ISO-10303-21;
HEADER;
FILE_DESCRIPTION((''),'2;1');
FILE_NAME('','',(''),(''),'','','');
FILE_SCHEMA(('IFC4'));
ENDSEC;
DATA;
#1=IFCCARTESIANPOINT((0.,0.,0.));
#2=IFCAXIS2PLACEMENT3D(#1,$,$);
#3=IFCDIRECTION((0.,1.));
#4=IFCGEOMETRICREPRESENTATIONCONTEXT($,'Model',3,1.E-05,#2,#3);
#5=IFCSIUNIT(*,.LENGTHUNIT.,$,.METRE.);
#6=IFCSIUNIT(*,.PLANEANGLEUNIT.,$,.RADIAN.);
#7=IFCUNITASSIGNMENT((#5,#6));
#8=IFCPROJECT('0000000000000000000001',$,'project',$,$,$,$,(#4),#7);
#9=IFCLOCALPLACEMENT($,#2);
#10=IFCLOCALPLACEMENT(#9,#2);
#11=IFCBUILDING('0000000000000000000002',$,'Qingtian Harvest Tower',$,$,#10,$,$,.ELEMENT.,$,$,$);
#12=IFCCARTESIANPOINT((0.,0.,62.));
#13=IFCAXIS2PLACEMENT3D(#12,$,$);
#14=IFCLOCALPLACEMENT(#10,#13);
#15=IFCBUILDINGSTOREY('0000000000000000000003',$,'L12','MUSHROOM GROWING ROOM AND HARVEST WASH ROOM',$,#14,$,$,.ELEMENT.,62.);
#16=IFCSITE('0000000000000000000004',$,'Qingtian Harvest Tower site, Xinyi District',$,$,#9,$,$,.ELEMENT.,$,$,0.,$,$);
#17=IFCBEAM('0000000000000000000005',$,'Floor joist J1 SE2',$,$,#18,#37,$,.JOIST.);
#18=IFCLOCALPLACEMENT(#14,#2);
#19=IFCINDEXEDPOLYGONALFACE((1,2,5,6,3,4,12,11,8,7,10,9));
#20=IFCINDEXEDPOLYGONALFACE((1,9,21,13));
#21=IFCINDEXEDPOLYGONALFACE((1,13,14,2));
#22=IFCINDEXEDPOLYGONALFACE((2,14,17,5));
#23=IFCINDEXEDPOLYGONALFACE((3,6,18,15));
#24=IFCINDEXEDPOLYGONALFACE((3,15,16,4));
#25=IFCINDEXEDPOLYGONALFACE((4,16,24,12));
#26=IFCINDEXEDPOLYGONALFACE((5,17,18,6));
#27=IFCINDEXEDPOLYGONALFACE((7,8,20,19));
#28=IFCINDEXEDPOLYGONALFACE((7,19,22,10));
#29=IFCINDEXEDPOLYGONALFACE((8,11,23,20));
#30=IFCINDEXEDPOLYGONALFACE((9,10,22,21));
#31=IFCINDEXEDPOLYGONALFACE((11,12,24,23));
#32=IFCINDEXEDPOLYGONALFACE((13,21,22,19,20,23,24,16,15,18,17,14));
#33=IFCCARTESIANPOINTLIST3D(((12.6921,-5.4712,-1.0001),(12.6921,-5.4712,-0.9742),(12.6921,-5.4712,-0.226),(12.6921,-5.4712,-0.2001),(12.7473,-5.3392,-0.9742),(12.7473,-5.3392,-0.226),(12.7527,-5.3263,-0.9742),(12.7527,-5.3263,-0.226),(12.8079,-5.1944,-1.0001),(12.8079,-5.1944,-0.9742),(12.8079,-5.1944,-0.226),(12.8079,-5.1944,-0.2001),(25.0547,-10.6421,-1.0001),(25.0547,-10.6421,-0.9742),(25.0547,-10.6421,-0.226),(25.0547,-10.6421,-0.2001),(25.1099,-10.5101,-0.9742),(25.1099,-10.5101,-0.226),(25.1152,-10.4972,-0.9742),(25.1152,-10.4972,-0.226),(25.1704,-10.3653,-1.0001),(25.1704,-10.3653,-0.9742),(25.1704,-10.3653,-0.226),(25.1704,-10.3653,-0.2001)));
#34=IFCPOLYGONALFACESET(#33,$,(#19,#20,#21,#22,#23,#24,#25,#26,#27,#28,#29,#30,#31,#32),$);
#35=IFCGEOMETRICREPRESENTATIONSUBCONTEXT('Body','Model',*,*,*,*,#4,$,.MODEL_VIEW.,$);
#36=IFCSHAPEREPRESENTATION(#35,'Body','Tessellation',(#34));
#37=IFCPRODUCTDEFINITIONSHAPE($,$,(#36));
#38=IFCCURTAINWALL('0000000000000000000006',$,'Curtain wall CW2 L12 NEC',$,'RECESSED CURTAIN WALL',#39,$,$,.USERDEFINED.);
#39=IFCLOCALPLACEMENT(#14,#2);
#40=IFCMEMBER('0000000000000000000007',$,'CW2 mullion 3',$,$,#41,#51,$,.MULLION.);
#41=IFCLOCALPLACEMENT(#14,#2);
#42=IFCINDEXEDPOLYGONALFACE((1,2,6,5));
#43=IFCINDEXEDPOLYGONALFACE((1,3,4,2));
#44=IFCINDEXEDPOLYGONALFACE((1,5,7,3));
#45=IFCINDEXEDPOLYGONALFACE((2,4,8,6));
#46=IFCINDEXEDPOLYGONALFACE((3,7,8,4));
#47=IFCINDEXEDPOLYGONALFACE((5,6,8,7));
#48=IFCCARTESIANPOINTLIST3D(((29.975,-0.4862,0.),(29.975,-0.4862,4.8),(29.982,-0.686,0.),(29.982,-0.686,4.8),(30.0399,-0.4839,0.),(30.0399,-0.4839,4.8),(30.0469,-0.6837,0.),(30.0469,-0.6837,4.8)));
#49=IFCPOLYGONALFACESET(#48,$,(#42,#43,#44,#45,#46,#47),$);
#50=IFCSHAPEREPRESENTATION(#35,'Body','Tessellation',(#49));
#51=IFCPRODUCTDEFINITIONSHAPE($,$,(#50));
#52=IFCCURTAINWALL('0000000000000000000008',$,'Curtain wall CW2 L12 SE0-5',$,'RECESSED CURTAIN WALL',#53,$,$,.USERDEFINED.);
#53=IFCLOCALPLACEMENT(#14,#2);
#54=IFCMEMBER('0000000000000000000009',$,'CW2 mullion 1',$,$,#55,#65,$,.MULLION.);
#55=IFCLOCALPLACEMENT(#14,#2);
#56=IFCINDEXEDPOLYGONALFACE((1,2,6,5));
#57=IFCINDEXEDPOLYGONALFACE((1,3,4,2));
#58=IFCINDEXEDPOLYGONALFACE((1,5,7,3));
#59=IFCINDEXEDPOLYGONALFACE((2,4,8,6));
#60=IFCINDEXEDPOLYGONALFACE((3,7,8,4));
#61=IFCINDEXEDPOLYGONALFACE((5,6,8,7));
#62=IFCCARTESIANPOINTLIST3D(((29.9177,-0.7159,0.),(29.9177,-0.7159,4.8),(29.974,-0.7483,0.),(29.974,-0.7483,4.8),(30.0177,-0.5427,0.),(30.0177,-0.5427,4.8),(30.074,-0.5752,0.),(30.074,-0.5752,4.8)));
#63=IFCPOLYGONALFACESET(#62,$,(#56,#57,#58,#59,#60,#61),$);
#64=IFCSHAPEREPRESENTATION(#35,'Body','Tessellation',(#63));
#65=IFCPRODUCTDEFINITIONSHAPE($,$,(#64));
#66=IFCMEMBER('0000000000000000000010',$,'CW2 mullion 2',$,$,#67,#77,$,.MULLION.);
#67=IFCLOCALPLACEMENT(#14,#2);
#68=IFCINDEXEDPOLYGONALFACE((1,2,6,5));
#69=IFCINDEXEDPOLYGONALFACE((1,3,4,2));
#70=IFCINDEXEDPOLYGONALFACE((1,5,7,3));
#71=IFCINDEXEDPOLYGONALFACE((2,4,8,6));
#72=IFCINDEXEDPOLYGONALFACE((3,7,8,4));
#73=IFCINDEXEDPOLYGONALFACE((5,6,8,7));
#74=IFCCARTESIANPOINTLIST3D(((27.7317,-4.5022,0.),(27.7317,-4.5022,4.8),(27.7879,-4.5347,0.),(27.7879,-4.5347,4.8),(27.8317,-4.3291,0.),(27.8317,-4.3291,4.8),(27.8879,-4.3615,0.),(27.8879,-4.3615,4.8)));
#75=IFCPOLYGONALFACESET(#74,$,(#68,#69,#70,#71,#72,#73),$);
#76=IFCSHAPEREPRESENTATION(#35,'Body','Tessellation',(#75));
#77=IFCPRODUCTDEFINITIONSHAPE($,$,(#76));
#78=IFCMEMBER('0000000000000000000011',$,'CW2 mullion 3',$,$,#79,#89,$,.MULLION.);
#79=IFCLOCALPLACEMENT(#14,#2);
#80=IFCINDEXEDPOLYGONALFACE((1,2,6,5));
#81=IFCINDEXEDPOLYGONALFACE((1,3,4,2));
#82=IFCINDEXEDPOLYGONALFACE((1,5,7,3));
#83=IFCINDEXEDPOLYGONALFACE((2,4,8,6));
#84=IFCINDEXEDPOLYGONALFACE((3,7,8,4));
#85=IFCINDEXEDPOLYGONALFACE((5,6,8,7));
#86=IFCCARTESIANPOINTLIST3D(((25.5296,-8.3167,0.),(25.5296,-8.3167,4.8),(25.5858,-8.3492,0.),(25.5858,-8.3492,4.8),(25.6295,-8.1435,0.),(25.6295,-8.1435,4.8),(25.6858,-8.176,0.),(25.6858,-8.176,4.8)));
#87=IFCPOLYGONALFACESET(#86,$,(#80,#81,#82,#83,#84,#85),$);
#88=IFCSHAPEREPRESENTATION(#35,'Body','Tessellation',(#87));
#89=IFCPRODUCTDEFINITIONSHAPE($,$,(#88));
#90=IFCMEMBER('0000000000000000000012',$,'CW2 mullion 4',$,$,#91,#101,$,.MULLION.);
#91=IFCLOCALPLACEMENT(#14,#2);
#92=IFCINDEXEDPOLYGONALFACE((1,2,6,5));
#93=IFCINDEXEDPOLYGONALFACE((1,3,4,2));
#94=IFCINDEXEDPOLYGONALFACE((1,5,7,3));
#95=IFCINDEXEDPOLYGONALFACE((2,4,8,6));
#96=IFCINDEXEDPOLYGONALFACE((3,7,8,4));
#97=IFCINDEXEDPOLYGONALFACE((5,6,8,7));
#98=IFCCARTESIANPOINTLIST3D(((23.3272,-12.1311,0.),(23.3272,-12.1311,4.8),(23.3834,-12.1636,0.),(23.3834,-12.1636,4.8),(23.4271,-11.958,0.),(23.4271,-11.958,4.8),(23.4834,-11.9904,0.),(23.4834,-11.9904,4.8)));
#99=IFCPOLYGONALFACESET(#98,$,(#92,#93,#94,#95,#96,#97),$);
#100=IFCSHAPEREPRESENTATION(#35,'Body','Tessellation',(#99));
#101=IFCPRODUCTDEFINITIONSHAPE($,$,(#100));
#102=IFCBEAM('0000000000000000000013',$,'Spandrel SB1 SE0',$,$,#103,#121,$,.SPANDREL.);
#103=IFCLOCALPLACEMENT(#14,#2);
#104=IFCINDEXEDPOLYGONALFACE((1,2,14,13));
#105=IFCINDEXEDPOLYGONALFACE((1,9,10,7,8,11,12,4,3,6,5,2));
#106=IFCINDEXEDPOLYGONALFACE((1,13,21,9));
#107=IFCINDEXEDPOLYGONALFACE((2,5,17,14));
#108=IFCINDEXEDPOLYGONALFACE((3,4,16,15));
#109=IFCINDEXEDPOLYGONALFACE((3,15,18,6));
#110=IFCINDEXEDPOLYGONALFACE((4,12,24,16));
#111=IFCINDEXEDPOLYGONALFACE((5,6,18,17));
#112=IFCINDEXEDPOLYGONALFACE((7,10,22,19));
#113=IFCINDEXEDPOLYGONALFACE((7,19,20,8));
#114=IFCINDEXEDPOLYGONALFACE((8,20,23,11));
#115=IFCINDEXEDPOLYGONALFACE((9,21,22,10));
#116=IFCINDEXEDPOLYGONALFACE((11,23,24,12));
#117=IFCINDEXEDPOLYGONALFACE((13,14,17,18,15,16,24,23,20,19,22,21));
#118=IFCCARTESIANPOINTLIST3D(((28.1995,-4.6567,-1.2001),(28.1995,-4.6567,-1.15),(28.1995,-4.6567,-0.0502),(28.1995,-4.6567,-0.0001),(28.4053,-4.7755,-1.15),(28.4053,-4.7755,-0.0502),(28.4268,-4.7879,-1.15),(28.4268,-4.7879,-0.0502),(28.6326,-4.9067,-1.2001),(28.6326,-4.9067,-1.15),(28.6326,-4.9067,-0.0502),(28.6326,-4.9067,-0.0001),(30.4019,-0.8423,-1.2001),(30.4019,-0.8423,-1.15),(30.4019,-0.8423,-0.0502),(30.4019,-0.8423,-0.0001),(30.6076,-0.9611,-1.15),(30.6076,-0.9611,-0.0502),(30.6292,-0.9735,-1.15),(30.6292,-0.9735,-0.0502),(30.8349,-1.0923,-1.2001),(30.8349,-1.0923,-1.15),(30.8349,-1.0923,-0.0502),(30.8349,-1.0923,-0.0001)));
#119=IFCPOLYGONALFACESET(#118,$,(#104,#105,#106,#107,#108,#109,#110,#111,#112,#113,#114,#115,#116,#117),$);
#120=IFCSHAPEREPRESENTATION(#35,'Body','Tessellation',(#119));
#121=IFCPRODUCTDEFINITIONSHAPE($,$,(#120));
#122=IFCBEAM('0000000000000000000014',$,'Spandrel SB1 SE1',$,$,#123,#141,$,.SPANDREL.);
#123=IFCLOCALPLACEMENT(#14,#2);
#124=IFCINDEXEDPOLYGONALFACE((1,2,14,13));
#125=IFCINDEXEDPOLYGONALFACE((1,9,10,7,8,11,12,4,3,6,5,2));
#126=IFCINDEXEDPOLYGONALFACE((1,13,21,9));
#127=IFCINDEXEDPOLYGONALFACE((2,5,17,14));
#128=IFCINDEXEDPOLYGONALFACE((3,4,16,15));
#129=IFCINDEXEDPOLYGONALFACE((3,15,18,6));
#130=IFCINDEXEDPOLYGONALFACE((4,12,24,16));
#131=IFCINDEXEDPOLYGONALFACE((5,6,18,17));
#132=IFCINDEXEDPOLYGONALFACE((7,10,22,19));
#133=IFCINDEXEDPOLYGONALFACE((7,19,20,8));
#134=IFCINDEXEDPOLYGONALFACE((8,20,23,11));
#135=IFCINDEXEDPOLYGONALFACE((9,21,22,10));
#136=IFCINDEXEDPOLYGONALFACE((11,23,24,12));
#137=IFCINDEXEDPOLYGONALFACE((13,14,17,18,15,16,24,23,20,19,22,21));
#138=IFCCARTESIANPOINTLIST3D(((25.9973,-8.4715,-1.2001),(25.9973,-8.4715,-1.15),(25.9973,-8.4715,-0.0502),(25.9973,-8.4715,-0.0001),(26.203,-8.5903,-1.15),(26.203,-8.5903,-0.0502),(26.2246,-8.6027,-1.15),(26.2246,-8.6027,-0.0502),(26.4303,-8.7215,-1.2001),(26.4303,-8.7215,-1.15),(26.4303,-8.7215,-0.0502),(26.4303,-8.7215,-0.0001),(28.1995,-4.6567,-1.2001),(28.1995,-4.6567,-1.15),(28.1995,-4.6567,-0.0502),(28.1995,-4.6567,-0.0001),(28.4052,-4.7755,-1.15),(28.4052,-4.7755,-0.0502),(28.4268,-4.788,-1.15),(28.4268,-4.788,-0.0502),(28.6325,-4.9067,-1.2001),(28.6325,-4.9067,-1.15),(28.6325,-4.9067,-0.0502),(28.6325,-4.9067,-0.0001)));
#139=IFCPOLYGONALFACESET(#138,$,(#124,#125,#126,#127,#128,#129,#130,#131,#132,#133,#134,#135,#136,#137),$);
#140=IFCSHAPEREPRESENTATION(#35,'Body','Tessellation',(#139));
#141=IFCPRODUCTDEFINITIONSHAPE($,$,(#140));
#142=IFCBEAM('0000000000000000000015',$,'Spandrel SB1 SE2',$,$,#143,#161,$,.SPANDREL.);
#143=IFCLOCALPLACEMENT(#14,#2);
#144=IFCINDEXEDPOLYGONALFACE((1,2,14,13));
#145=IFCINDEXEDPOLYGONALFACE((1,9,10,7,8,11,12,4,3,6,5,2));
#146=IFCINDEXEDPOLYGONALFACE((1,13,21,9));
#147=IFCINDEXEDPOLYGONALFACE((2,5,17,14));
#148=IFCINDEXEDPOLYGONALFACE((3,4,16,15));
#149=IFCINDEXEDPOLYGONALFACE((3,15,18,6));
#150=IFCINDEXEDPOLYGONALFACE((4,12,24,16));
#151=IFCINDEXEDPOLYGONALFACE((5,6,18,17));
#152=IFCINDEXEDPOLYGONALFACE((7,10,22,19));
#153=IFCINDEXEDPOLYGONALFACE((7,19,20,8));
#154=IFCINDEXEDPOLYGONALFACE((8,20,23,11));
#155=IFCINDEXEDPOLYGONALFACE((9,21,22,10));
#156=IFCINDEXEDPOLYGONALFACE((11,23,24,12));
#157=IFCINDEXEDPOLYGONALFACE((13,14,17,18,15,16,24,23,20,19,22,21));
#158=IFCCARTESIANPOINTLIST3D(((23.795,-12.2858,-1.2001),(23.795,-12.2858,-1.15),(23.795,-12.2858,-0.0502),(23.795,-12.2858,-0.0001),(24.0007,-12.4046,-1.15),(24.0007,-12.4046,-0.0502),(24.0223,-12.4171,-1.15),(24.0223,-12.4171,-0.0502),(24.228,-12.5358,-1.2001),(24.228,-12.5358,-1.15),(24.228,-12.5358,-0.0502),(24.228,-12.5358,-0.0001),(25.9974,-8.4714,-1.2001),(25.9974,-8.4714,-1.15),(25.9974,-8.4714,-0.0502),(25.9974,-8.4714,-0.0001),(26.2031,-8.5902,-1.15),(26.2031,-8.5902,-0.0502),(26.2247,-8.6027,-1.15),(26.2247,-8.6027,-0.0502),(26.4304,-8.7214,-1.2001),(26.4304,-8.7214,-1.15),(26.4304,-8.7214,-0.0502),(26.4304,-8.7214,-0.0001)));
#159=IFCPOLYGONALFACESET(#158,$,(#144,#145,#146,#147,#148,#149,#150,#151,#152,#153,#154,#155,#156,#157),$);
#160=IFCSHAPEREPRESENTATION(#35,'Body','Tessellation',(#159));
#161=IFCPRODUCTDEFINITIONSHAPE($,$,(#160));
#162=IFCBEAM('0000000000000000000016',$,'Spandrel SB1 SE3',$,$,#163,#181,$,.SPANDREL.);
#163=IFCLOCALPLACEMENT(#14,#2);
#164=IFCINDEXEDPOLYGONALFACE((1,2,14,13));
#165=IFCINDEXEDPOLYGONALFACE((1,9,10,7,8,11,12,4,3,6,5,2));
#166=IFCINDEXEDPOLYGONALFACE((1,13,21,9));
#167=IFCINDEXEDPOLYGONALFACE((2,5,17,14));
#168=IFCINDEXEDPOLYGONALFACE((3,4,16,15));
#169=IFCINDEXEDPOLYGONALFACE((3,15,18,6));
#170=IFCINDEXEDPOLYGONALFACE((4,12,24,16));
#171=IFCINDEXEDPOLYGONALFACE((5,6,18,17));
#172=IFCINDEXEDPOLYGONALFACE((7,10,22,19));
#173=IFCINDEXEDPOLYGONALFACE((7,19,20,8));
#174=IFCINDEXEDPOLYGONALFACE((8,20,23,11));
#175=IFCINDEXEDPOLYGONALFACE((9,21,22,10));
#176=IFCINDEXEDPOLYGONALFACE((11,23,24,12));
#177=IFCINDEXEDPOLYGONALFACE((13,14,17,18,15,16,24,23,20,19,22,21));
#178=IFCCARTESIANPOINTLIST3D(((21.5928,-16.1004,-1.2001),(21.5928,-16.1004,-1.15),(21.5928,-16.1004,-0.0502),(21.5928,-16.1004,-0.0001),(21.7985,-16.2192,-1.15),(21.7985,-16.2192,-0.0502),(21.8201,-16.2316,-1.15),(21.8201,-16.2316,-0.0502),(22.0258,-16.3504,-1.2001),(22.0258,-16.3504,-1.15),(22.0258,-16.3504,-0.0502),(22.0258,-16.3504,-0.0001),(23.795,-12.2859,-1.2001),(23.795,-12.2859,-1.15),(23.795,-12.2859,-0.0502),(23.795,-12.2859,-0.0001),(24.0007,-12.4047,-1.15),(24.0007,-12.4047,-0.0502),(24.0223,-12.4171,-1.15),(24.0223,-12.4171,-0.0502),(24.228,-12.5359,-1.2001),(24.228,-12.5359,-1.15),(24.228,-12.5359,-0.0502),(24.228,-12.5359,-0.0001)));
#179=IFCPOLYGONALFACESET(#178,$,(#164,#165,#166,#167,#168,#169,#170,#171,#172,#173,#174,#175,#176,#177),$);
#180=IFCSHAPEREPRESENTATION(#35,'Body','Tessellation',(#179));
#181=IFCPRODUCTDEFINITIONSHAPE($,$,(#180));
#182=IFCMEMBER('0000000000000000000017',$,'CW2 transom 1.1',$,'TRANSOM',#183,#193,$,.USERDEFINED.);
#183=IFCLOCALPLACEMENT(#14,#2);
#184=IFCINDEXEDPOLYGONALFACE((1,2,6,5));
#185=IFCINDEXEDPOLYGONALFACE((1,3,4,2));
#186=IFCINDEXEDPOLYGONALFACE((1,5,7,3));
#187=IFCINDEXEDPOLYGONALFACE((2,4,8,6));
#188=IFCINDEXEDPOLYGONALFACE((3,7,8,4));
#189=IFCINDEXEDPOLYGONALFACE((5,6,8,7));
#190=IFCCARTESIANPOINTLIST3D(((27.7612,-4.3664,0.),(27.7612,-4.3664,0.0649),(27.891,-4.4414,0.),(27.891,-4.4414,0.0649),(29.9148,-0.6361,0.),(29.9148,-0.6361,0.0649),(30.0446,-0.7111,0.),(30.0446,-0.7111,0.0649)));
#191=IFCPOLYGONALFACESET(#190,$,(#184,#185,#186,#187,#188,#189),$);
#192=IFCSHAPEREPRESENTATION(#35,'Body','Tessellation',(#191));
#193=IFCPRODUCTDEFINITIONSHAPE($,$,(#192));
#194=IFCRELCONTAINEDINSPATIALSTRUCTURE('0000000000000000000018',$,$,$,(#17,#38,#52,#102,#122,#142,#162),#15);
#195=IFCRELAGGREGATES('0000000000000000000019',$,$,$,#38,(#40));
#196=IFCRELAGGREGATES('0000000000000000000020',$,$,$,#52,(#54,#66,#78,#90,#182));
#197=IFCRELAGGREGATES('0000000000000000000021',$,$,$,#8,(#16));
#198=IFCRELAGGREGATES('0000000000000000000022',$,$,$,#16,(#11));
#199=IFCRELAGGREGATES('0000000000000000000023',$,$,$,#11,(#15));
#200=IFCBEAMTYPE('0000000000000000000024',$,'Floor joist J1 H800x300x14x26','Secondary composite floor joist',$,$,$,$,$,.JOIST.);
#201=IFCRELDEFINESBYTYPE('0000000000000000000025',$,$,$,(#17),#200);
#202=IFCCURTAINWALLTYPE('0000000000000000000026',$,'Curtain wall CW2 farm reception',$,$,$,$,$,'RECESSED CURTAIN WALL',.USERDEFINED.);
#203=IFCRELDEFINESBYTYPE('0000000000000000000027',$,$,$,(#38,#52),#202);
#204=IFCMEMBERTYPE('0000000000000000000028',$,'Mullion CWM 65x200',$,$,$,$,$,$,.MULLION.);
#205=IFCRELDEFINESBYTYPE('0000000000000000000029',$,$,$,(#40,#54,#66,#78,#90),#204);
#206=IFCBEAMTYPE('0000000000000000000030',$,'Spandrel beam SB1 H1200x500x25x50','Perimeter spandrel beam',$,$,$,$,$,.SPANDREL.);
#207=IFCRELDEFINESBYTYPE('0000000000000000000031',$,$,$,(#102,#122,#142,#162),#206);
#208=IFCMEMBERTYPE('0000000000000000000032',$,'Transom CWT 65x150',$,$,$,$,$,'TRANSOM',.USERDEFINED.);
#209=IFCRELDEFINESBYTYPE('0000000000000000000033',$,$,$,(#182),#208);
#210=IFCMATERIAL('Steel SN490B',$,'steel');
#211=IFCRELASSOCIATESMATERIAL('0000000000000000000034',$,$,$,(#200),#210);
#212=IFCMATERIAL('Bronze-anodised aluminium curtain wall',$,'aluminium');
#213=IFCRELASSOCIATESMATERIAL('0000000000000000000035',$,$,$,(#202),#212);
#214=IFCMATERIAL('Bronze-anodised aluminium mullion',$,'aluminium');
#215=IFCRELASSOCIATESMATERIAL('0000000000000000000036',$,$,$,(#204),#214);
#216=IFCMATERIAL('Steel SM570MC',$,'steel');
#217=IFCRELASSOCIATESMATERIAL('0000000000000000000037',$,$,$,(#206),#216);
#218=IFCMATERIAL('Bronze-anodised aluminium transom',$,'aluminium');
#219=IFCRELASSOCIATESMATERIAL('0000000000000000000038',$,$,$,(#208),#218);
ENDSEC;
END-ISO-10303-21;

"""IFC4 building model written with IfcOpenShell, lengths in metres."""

from ifc_helpers import new_model, si_unit, direction, frame, origin, origin_2d, place, context, subcontext, project, spatial, rectangle, i_section, extrude, material, material_profile, profile_set, type_object, element, aggregate, save


model = new_model("IFC4")

# Units and contexts
model_context = context("Model", 3, precision=1e-05, world=origin(), true_north=direction((0.0, 1.0)))
body_context = subcontext(model_context, "Body", "Model", "MODEL_VIEW")
ifc_project = project(units=[si_unit("LENGTHUNIT", "METRE"), si_unit("PLANEANGLEUNIT", "RADIAN")], contexts=[model_context])

# Site, building, storey
site_placement = place(None, origin())
site = spatial("IfcSite", under=ifc_project, at=site_placement, Name="Qingtian Harvest Tower site, Xinyi District", CompositionType="ELEMENT", RefElevation=0.0)
building_placement = place(site_placement, origin())
building = spatial("IfcBuilding", under=site, at=building_placement, Name="Qingtian Harvest Tower", CompositionType="ELEMENT")
storey_placement = place(building_placement, frame((0.0, 0.0, 62.0)))
storey = spatial("IfcBuildingStorey", under=building, at=storey_placement, Name="L12", Description="MUSHROOM GROWING ROOM AND HARVEST WASH ROOM", CompositionType="ELEMENT", Elevation=62.0)

# Beam
ifc_material_1 = material(Name="Steel SN490B", Category="steel")
ifc_material_profile_1 = material_profile(ifc_material_1, i_section(OverallWidth=0.3, OverallDepth=0.8, WebThickness=0.0139, FlangeThickness=0.0259, at=origin_2d()), Name="H800x300x14x26")
ifc_profile_set_1 = profile_set([ifc_material_profile_1], Name="Steel SN490B")
beam_type_1 = type_object("IfcBeamType", Name="Floor joist J1 H800x300x14x26", Description="Secondary composite floor joist", PredefinedType="JOIST", material=ifc_profile_set_1)
beam_1_placement = place(storey_placement, frame((25.1125, -10.5037, -0.6001), z_axis=(-0.922551, 0.385876, 0.0), x_axis=(-0.385876, -0.922551, 0.0)))
element("IfcBeam", 1, at=beam_1_placement, inside=storey, type_object=beam_type_1, Name="Floor joist J1 SE2", PredefinedType="JOIST", context=body_context, shape_type="SweptSolid", body=[
    extrude(i_section(OverallWidth=0.3, OverallDepth=0.8, WebThickness=0.0139, FlangeThickness=0.0259, at=origin_2d()), origin(), (0.0, 0.0, 1.0), 13.4004),
])

# Curtain wall, member
ifc_material_2 = material(Name="Bronze-anodised aluminium curtain wall", Category="aluminium")
curtain_wall_type = type_object("IfcCurtainWallType", Name="Curtain wall CW2 farm reception", ElementType="RECESSED CURTAIN WALL", PredefinedType="USERDEFINED", material=ifc_material_2)
curtain_wall_1_placement = place(storey_placement, origin())
curtain_wall_1 = element("IfcCurtainWall", 2, at=curtain_wall_1_placement, inside=storey, type_object=curtain_wall_type, Name="Curtain wall CW2 L12 NEC", ObjectType="RECESSED CURTAIN WALL", PredefinedType="USERDEFINED")
ifc_material_3 = material(Name="Bronze-anodised aluminium mullion", Category="aluminium")
ifc_material_profile_2 = material_profile(ifc_material_3, rectangle(XDim=0.0649, YDim=0.2, at=origin_2d()), Name="AL 65x200")
ifc_profile_set_2 = profile_set([ifc_material_profile_2], Name="Bronze-anodised aluminium mullion")
member_type_1 = type_object("IfcMemberType", Name="Mullion CWM 65x200", PredefinedType="MULLION", material=ifc_profile_set_2)
member_1_placement = place(storey_placement, frame((30.011, -0.585, 0.0), z_axis=(0.0, 0.0, 1.0), x_axis=(0.999391, 0.034899, 0.0)))
member_1 = element("IfcMember", 3, at=member_1_placement, type_object=member_type_1, Name="CW2 mullion 3", PredefinedType="MULLION", context=body_context, shape_type="SweptSolid", body=[
    extrude(rectangle(XDim=0.0649, YDim=0.2, at=origin_2d()), origin(), (0.0, 0.0, 1.0), 4.8),
])
aggregate(curtain_wall_1, [member_1])

# Curtain wall, members
curtain_wall_2_placement = place(storey_placement, origin())
curtain_wall_2 = element("IfcCurtainWall", 4, at=curtain_wall_2_placement, inside=storey, type_object=curtain_wall_type, Name="Curtain wall CW2 L12 SE0-5", ObjectType="RECESSED CURTAIN WALL", PredefinedType="USERDEFINED")
member_2_placement = place(storey_placement, frame((29.9958, -0.6455, 0.0), z_axis=(0.0, 0.0, 1.0), x_axis=(0.866025, -0.5, 0.0)))
member_2 = element("IfcMember", 5, at=member_2_placement, type_object=member_type_1, Name="CW2 mullion 1", PredefinedType="MULLION", context=body_context, shape_type="SweptSolid", body=[
    extrude(rectangle(XDim=0.0649, YDim=0.2, at=origin_2d()), origin(), (0.0, 0.0, 1.0), 4.8),
])
member_3_placement = place(storey_placement, frame((27.8098, -4.4319, 0.0), z_axis=(0.0, 0.0, 1.0), x_axis=(0.866025, -0.5, 0.0)))
member_3 = element("IfcMember", 6, at=member_3_placement, type_object=member_type_1, Name="CW2 mullion 2", PredefinedType="MULLION", context=body_context, shape_type="SweptSolid", body=[
    extrude(rectangle(XDim=0.0649, YDim=0.2, at=origin_2d()), origin(), (0.0, 0.0, 1.0), 4.8),
])
member_4_placement = place(storey_placement, frame((25.6077, -8.2463, 0.0), z_axis=(0.0, 0.0, 1.0), x_axis=(0.866025, -0.5, 0.0)))
member_4 = element("IfcMember", 7, at=member_4_placement, type_object=member_type_1, Name="CW2 mullion 3", PredefinedType="MULLION", context=body_context, shape_type="SweptSolid", body=[
    extrude(rectangle(XDim=0.0649, YDim=0.2, at=origin_2d()), origin(), (0.0, 0.0, 1.0), 4.8),
])
member_5_placement = place(storey_placement, frame((23.4053, -12.0608, 0.0), z_axis=(0.0, 0.0, 1.0), x_axis=(0.866025, -0.5, 0.0)))
member_5 = element("IfcMember", 8, at=member_5_placement, type_object=member_type_1, Name="CW2 mullion 4", PredefinedType="MULLION", context=body_context, shape_type="SweptSolid", body=[
    extrude(rectangle(XDim=0.0649, YDim=0.2, at=origin_2d()), origin(), (0.0, 0.0, 1.0), 4.8),
])

# Beams
ifc_material_4 = material(Name="Steel SM570MC", Category="steel")
ifc_material_profile_3 = material_profile(ifc_material_4, i_section(OverallWidth=0.5, OverallDepth=1.2, WebThickness=0.0249, FlangeThickness=0.05, at=origin_2d()), Name="H1200x500x25x50")
ifc_profile_set_3 = profile_set([ifc_material_profile_3], Name="Steel SM570MC")
beam_type_2 = type_object("IfcBeamType", Name="Spandrel beam SB1 H1200x500x25x50", Description="Perimeter spandrel beam", PredefinedType="SPANDREL", material=ifc_profile_set_3)
beam_2_placement = place(storey_placement, frame((30.6184, -0.9673, -0.6001), z_axis=(-0.50002, -0.866014, 0.0), x_axis=(0.866014, -0.50002, 0.0)))
element("IfcBeam", 9, at=beam_2_placement, inside=storey, type_object=beam_type_2, Name="Spandrel SB1 SE0", PredefinedType="SPANDREL", context=body_context, shape_type="SweptSolid", body=[
    extrude(i_section(OverallWidth=0.5, OverallDepth=1.2, WebThickness=0.0249, FlangeThickness=0.05, at=origin_2d()), origin(), (0.0, 0.0, 1.0), 4.4045),
])
beam_3_placement = place(storey_placement, frame((28.416, -4.7817, -0.6001), z_axis=(-0.499954, -0.866052, 0.0), x_axis=(0.866052, -0.499954, 0.0)))
element("IfcBeam", 10, at=beam_3_placement, inside=storey, type_object=beam_type_2, Name="Spandrel SB1 SE1", PredefinedType="SPANDREL", context=body_context, shape_type="SweptSolid", body=[
    extrude(i_section(OverallWidth=0.5, OverallDepth=1.2, WebThickness=0.0249, FlangeThickness=0.05, at=origin_2d()), origin(), (0.0, 0.0, 1.0), 4.4048),
])
for number, where, z_axis, x_axis, name in (
    (11, (26.2139, -8.5964, -0.6001), (-0.50002, -0.866014, 0.0), (0.866014, -0.50002, 0.0), "Spandrel SB1 SE2"),
    (12, (24.0115, -12.4109, -0.6001), (-0.499978, -0.866038, 0.0), (0.866038, -0.499978, 0.0), "Spandrel SB1 SE3"),
):
    element("IfcBeam", number, at=place(storey_placement, frame(where, z_axis=z_axis, x_axis=x_axis)), inside=storey, type_object=beam_type_2, Name=name, PredefinedType="SPANDREL", context=body_context, shape_type="SweptSolid", body=[
        extrude(i_section(OverallWidth=0.5, OverallDepth=1.2, WebThickness=0.0249, FlangeThickness=0.05, at=origin_2d()), origin(), (0.0, 0.0, 1.0), 4.4045),
    ])

# Member
ifc_material_5 = material(Name="Bronze-anodised aluminium transom", Category="aluminium")
ifc_material_profile_4 = material_profile(ifc_material_5, rectangle(XDim=0.1499, YDim=0.0649, at=origin_2d()), Name="AL 65x150")
ifc_profile_set_4 = profile_set([ifc_material_profile_4], Name="Bronze-anodised aluminium transom")
member_type_2 = type_object("IfcMemberType", Name="Transom CWT 65x150", ElementType="TRANSOM", PredefinedType="USERDEFINED", material=ifc_profile_set_4)
member_6_placement = place(storey_placement, frame((29.9797, -0.6736, 0.0325), z_axis=(-0.499986, -0.866034, 0.0), x_axis=(0.866034, -0.499986, 0.0)))
member_6 = element("IfcMember", 13, at=member_6_placement, type_object=member_type_2, Name="CW2 transom 1.1", ObjectType="TRANSOM", PredefinedType="USERDEFINED", context=body_context, shape_type="SweptSolid", body=[
    extrude(rectangle(XDim=0.1499, YDim=0.0649, at=origin_2d()), origin(), (0.0, 0.0, 1.0), 4.3074),
])

aggregate(curtain_wall_2, [member_2, member_3, member_4, member_5, member_6])

save(model, "model.ifc")
